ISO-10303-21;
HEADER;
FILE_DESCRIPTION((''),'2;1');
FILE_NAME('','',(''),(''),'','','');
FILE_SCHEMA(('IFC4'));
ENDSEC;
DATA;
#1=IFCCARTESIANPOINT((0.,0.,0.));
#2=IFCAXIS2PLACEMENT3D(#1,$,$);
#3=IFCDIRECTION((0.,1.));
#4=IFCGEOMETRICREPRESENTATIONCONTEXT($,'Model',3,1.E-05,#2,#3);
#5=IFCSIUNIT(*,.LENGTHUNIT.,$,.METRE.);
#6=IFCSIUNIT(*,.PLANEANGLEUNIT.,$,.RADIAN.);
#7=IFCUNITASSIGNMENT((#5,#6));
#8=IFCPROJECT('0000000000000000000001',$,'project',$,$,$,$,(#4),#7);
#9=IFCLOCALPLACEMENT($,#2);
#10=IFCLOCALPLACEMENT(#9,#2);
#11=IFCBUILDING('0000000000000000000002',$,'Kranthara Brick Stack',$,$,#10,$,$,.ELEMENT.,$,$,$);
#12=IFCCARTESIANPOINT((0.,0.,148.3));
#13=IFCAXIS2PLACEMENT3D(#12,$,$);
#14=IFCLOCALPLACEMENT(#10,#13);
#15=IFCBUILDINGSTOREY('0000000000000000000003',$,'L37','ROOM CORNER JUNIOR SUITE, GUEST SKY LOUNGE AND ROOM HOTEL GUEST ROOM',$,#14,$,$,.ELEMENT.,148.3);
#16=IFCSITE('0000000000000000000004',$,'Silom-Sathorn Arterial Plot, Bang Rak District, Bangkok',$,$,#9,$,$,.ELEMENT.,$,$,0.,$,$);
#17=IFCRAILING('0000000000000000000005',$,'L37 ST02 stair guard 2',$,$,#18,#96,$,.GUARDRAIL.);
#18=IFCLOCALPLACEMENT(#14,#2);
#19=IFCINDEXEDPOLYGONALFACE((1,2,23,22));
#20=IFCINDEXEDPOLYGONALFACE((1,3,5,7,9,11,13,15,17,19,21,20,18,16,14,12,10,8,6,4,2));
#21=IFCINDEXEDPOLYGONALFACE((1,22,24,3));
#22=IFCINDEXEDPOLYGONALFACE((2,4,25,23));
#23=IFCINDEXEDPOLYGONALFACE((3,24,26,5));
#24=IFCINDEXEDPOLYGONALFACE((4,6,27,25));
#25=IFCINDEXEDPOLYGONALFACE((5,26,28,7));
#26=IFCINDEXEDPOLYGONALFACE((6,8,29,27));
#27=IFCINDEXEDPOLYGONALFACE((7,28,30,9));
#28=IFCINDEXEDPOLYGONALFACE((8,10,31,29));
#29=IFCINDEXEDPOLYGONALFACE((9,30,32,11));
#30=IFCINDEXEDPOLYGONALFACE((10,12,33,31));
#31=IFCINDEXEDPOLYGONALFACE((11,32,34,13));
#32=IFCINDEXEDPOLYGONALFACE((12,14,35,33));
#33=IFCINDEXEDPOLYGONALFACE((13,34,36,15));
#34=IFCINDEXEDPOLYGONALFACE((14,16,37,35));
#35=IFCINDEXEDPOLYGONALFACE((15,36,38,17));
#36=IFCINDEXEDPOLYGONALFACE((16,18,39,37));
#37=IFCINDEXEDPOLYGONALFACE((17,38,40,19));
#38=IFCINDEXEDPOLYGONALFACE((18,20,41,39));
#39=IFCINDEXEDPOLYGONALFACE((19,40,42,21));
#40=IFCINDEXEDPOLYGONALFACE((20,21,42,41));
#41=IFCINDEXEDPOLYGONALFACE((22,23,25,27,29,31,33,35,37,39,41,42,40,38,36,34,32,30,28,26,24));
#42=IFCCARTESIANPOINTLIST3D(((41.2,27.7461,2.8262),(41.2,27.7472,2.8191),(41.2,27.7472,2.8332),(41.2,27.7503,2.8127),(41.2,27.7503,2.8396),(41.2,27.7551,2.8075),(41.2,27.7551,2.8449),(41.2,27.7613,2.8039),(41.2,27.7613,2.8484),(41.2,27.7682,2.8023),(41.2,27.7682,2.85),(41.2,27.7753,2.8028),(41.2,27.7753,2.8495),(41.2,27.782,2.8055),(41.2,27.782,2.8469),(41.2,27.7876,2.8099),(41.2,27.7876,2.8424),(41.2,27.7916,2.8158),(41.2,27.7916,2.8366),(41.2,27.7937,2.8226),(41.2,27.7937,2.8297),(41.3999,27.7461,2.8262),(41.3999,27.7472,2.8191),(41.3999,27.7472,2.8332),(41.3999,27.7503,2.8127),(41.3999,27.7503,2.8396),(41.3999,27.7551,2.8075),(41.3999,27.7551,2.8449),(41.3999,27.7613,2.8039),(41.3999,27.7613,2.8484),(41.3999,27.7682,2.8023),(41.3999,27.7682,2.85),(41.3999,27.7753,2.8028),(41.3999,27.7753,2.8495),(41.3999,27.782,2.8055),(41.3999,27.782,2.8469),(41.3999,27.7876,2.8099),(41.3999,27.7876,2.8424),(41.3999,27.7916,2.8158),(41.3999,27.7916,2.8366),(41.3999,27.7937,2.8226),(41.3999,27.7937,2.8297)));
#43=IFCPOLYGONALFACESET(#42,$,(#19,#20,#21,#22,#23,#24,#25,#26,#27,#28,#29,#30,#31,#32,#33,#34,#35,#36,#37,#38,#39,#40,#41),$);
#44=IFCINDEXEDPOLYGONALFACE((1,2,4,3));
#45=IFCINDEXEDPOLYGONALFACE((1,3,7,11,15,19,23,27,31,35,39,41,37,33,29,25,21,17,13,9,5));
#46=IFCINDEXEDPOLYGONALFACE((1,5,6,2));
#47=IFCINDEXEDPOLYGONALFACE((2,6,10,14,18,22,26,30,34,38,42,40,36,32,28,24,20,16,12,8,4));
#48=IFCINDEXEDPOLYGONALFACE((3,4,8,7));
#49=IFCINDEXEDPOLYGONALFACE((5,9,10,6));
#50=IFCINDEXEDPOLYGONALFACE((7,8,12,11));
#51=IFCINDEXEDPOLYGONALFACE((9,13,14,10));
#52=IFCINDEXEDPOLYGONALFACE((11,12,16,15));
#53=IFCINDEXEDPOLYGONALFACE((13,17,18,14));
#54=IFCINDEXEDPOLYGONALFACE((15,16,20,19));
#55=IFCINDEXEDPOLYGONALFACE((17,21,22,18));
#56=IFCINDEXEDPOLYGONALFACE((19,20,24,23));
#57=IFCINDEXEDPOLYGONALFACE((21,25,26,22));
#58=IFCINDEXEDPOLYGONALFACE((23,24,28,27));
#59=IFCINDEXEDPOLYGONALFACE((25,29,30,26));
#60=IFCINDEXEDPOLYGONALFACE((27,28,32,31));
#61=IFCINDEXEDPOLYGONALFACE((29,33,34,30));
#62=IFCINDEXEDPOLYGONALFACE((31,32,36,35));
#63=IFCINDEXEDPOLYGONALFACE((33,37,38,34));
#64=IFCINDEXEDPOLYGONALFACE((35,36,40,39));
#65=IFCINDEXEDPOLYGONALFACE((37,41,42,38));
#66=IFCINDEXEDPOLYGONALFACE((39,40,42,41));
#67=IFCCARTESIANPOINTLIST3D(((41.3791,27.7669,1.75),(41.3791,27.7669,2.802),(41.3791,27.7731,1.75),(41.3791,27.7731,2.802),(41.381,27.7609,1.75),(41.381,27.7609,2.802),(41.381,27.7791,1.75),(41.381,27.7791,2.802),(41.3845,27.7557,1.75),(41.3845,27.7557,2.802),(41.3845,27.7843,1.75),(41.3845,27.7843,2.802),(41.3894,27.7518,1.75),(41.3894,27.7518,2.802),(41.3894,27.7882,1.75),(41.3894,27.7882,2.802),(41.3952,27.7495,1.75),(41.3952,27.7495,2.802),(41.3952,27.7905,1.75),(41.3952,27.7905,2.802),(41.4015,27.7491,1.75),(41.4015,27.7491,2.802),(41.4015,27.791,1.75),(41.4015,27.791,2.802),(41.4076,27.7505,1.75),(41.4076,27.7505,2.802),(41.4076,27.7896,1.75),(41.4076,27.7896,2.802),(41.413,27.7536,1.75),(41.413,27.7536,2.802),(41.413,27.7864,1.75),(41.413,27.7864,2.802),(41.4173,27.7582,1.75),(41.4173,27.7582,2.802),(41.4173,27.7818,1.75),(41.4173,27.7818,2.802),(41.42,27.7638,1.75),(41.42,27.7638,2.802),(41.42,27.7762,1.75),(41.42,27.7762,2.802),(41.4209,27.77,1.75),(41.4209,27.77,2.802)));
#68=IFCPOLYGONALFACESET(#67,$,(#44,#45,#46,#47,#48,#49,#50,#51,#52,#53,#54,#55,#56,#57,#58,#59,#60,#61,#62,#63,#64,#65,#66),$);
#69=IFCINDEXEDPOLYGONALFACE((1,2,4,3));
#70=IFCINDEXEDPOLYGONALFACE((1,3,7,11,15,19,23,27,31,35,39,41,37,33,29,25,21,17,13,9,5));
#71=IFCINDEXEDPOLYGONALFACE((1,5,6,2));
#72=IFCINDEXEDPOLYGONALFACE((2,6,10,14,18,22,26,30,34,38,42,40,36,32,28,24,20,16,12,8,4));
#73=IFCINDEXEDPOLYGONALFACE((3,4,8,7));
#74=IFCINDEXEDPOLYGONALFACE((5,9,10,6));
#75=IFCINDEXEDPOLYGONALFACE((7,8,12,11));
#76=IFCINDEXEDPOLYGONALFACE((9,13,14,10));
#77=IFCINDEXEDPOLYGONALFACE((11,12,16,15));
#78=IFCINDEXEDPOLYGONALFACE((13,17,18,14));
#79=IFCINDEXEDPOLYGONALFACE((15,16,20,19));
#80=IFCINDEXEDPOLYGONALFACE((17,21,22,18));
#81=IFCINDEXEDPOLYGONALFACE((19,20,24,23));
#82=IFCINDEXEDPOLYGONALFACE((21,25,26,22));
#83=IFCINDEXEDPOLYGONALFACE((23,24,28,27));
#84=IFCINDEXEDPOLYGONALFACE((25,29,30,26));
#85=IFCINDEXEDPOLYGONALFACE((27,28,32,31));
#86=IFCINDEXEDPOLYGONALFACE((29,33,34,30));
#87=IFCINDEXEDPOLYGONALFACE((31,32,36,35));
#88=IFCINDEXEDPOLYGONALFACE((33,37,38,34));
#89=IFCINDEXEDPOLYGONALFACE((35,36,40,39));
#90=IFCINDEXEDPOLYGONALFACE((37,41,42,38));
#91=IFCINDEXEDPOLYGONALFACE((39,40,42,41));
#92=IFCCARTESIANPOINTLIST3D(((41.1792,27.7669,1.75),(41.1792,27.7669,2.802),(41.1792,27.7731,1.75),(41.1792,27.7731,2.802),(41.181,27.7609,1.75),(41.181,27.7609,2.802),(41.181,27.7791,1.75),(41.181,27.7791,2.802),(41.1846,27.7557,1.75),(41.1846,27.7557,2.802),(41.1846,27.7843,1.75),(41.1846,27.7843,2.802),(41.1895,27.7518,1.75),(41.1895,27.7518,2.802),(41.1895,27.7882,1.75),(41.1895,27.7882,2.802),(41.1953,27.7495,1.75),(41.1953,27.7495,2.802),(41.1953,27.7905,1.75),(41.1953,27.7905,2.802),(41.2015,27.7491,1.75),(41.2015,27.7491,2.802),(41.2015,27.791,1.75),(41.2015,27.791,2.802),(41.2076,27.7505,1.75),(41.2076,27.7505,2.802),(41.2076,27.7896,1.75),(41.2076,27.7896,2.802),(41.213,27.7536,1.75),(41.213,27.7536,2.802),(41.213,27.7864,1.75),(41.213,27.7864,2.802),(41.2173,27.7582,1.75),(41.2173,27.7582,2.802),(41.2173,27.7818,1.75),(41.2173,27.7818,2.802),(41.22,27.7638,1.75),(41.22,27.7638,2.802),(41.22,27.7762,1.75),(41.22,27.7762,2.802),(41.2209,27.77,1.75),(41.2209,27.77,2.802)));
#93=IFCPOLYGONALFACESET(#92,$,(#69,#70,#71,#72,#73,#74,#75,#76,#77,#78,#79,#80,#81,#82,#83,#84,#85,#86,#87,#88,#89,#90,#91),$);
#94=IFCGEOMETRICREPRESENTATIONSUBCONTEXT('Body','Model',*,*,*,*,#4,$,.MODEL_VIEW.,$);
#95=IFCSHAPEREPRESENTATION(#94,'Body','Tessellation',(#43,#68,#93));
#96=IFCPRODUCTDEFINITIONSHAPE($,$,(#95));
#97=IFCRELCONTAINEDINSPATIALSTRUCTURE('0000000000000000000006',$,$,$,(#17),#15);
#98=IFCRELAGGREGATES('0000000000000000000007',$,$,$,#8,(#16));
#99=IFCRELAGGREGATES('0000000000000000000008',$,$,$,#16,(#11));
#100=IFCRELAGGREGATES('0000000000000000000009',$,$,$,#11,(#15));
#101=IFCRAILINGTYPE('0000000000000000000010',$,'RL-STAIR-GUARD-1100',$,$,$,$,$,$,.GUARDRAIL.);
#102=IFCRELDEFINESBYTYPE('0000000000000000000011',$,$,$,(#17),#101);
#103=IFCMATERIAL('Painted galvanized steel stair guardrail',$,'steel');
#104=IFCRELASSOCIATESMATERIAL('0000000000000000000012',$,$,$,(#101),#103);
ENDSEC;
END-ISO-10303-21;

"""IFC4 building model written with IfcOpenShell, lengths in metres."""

from ifc_helpers import new_model, si_unit, direction, frame, origin, origin_2d, place, context, subcontext, project, spatial, circle, extrude, material, type_object, element, save


model = new_model("IFC4")

# Units and contexts
model_context = context("Model", 3, precision=1e-05, world=origin(), true_north=direction((0.0, 1.0)))
body_context = subcontext(model_context, "Body", "Model", "MODEL_VIEW")
ifc_project = project(units=[si_unit("LENGTHUNIT", "METRE"), si_unit("PLANEANGLEUNIT", "RADIAN")], contexts=[model_context])

# Site, building, storey
site_placement = place(None, origin())
site = spatial("IfcSite", under=ifc_project, at=site_placement, Name="Silom-Sathorn Arterial Plot, Bang Rak District, Bangkok", CompositionType="ELEMENT", RefElevation=0.0)
building_placement = place(site_placement, origin())
building = spatial("IfcBuilding", under=site, at=building_placement, Name="Kranthara Brick Stack", CompositionType="ELEMENT")
storey_placement = place(building_placement, frame((0.0, 0.0, 148.3)))
storey = spatial("IfcBuildingStorey", under=building, at=storey_placement, Name="L37", Description="ROOM CORNER JUNIOR SUITE, GUEST SKY LOUNGE AND ROOM HOTEL GUEST ROOM", CompositionType="ELEMENT", Elevation=148.3)

# Railing
ifc_material_1 = material(Name="Painted galvanized steel stair guardrail", Category="steel")
railing_type_1 = type_object("IfcRailingType", Name="RL-STAIR-GUARD-1100", PredefinedType="GUARDRAIL", material=ifc_material_1)
railing_1_placement = place(storey_placement, frame((41.3999, 27.77, 1.75)))
element("IfcRailing", 1, at=railing_1_placement, inside=storey, type_object=railing_type_1, Name="L37 ST02 stair guard 2", PredefinedType="GUARDRAIL", context=body_context, shape_type="SweptSolid", body=[
    extrude(circle(Radius=0.0239, at=origin_2d()), frame((0.0, 0.0, 1.0762), z_axis=(-1.0, 0.0, 0.0), x_axis=(0.0, -1.0, 0.0)), (0.0, 0.0, 1.0), 0.2),
    extrude(circle(Radius=0.021, at=origin_2d()), origin(), (0.0, 0.0, 1.0), 1.052),
    extrude(circle(Radius=0.021, at=origin_2d()), frame((-0.2, 0.0, 0.0)), (0.0, 0.0, 1.0), 1.052),
])

save(model, "model.ifc")
